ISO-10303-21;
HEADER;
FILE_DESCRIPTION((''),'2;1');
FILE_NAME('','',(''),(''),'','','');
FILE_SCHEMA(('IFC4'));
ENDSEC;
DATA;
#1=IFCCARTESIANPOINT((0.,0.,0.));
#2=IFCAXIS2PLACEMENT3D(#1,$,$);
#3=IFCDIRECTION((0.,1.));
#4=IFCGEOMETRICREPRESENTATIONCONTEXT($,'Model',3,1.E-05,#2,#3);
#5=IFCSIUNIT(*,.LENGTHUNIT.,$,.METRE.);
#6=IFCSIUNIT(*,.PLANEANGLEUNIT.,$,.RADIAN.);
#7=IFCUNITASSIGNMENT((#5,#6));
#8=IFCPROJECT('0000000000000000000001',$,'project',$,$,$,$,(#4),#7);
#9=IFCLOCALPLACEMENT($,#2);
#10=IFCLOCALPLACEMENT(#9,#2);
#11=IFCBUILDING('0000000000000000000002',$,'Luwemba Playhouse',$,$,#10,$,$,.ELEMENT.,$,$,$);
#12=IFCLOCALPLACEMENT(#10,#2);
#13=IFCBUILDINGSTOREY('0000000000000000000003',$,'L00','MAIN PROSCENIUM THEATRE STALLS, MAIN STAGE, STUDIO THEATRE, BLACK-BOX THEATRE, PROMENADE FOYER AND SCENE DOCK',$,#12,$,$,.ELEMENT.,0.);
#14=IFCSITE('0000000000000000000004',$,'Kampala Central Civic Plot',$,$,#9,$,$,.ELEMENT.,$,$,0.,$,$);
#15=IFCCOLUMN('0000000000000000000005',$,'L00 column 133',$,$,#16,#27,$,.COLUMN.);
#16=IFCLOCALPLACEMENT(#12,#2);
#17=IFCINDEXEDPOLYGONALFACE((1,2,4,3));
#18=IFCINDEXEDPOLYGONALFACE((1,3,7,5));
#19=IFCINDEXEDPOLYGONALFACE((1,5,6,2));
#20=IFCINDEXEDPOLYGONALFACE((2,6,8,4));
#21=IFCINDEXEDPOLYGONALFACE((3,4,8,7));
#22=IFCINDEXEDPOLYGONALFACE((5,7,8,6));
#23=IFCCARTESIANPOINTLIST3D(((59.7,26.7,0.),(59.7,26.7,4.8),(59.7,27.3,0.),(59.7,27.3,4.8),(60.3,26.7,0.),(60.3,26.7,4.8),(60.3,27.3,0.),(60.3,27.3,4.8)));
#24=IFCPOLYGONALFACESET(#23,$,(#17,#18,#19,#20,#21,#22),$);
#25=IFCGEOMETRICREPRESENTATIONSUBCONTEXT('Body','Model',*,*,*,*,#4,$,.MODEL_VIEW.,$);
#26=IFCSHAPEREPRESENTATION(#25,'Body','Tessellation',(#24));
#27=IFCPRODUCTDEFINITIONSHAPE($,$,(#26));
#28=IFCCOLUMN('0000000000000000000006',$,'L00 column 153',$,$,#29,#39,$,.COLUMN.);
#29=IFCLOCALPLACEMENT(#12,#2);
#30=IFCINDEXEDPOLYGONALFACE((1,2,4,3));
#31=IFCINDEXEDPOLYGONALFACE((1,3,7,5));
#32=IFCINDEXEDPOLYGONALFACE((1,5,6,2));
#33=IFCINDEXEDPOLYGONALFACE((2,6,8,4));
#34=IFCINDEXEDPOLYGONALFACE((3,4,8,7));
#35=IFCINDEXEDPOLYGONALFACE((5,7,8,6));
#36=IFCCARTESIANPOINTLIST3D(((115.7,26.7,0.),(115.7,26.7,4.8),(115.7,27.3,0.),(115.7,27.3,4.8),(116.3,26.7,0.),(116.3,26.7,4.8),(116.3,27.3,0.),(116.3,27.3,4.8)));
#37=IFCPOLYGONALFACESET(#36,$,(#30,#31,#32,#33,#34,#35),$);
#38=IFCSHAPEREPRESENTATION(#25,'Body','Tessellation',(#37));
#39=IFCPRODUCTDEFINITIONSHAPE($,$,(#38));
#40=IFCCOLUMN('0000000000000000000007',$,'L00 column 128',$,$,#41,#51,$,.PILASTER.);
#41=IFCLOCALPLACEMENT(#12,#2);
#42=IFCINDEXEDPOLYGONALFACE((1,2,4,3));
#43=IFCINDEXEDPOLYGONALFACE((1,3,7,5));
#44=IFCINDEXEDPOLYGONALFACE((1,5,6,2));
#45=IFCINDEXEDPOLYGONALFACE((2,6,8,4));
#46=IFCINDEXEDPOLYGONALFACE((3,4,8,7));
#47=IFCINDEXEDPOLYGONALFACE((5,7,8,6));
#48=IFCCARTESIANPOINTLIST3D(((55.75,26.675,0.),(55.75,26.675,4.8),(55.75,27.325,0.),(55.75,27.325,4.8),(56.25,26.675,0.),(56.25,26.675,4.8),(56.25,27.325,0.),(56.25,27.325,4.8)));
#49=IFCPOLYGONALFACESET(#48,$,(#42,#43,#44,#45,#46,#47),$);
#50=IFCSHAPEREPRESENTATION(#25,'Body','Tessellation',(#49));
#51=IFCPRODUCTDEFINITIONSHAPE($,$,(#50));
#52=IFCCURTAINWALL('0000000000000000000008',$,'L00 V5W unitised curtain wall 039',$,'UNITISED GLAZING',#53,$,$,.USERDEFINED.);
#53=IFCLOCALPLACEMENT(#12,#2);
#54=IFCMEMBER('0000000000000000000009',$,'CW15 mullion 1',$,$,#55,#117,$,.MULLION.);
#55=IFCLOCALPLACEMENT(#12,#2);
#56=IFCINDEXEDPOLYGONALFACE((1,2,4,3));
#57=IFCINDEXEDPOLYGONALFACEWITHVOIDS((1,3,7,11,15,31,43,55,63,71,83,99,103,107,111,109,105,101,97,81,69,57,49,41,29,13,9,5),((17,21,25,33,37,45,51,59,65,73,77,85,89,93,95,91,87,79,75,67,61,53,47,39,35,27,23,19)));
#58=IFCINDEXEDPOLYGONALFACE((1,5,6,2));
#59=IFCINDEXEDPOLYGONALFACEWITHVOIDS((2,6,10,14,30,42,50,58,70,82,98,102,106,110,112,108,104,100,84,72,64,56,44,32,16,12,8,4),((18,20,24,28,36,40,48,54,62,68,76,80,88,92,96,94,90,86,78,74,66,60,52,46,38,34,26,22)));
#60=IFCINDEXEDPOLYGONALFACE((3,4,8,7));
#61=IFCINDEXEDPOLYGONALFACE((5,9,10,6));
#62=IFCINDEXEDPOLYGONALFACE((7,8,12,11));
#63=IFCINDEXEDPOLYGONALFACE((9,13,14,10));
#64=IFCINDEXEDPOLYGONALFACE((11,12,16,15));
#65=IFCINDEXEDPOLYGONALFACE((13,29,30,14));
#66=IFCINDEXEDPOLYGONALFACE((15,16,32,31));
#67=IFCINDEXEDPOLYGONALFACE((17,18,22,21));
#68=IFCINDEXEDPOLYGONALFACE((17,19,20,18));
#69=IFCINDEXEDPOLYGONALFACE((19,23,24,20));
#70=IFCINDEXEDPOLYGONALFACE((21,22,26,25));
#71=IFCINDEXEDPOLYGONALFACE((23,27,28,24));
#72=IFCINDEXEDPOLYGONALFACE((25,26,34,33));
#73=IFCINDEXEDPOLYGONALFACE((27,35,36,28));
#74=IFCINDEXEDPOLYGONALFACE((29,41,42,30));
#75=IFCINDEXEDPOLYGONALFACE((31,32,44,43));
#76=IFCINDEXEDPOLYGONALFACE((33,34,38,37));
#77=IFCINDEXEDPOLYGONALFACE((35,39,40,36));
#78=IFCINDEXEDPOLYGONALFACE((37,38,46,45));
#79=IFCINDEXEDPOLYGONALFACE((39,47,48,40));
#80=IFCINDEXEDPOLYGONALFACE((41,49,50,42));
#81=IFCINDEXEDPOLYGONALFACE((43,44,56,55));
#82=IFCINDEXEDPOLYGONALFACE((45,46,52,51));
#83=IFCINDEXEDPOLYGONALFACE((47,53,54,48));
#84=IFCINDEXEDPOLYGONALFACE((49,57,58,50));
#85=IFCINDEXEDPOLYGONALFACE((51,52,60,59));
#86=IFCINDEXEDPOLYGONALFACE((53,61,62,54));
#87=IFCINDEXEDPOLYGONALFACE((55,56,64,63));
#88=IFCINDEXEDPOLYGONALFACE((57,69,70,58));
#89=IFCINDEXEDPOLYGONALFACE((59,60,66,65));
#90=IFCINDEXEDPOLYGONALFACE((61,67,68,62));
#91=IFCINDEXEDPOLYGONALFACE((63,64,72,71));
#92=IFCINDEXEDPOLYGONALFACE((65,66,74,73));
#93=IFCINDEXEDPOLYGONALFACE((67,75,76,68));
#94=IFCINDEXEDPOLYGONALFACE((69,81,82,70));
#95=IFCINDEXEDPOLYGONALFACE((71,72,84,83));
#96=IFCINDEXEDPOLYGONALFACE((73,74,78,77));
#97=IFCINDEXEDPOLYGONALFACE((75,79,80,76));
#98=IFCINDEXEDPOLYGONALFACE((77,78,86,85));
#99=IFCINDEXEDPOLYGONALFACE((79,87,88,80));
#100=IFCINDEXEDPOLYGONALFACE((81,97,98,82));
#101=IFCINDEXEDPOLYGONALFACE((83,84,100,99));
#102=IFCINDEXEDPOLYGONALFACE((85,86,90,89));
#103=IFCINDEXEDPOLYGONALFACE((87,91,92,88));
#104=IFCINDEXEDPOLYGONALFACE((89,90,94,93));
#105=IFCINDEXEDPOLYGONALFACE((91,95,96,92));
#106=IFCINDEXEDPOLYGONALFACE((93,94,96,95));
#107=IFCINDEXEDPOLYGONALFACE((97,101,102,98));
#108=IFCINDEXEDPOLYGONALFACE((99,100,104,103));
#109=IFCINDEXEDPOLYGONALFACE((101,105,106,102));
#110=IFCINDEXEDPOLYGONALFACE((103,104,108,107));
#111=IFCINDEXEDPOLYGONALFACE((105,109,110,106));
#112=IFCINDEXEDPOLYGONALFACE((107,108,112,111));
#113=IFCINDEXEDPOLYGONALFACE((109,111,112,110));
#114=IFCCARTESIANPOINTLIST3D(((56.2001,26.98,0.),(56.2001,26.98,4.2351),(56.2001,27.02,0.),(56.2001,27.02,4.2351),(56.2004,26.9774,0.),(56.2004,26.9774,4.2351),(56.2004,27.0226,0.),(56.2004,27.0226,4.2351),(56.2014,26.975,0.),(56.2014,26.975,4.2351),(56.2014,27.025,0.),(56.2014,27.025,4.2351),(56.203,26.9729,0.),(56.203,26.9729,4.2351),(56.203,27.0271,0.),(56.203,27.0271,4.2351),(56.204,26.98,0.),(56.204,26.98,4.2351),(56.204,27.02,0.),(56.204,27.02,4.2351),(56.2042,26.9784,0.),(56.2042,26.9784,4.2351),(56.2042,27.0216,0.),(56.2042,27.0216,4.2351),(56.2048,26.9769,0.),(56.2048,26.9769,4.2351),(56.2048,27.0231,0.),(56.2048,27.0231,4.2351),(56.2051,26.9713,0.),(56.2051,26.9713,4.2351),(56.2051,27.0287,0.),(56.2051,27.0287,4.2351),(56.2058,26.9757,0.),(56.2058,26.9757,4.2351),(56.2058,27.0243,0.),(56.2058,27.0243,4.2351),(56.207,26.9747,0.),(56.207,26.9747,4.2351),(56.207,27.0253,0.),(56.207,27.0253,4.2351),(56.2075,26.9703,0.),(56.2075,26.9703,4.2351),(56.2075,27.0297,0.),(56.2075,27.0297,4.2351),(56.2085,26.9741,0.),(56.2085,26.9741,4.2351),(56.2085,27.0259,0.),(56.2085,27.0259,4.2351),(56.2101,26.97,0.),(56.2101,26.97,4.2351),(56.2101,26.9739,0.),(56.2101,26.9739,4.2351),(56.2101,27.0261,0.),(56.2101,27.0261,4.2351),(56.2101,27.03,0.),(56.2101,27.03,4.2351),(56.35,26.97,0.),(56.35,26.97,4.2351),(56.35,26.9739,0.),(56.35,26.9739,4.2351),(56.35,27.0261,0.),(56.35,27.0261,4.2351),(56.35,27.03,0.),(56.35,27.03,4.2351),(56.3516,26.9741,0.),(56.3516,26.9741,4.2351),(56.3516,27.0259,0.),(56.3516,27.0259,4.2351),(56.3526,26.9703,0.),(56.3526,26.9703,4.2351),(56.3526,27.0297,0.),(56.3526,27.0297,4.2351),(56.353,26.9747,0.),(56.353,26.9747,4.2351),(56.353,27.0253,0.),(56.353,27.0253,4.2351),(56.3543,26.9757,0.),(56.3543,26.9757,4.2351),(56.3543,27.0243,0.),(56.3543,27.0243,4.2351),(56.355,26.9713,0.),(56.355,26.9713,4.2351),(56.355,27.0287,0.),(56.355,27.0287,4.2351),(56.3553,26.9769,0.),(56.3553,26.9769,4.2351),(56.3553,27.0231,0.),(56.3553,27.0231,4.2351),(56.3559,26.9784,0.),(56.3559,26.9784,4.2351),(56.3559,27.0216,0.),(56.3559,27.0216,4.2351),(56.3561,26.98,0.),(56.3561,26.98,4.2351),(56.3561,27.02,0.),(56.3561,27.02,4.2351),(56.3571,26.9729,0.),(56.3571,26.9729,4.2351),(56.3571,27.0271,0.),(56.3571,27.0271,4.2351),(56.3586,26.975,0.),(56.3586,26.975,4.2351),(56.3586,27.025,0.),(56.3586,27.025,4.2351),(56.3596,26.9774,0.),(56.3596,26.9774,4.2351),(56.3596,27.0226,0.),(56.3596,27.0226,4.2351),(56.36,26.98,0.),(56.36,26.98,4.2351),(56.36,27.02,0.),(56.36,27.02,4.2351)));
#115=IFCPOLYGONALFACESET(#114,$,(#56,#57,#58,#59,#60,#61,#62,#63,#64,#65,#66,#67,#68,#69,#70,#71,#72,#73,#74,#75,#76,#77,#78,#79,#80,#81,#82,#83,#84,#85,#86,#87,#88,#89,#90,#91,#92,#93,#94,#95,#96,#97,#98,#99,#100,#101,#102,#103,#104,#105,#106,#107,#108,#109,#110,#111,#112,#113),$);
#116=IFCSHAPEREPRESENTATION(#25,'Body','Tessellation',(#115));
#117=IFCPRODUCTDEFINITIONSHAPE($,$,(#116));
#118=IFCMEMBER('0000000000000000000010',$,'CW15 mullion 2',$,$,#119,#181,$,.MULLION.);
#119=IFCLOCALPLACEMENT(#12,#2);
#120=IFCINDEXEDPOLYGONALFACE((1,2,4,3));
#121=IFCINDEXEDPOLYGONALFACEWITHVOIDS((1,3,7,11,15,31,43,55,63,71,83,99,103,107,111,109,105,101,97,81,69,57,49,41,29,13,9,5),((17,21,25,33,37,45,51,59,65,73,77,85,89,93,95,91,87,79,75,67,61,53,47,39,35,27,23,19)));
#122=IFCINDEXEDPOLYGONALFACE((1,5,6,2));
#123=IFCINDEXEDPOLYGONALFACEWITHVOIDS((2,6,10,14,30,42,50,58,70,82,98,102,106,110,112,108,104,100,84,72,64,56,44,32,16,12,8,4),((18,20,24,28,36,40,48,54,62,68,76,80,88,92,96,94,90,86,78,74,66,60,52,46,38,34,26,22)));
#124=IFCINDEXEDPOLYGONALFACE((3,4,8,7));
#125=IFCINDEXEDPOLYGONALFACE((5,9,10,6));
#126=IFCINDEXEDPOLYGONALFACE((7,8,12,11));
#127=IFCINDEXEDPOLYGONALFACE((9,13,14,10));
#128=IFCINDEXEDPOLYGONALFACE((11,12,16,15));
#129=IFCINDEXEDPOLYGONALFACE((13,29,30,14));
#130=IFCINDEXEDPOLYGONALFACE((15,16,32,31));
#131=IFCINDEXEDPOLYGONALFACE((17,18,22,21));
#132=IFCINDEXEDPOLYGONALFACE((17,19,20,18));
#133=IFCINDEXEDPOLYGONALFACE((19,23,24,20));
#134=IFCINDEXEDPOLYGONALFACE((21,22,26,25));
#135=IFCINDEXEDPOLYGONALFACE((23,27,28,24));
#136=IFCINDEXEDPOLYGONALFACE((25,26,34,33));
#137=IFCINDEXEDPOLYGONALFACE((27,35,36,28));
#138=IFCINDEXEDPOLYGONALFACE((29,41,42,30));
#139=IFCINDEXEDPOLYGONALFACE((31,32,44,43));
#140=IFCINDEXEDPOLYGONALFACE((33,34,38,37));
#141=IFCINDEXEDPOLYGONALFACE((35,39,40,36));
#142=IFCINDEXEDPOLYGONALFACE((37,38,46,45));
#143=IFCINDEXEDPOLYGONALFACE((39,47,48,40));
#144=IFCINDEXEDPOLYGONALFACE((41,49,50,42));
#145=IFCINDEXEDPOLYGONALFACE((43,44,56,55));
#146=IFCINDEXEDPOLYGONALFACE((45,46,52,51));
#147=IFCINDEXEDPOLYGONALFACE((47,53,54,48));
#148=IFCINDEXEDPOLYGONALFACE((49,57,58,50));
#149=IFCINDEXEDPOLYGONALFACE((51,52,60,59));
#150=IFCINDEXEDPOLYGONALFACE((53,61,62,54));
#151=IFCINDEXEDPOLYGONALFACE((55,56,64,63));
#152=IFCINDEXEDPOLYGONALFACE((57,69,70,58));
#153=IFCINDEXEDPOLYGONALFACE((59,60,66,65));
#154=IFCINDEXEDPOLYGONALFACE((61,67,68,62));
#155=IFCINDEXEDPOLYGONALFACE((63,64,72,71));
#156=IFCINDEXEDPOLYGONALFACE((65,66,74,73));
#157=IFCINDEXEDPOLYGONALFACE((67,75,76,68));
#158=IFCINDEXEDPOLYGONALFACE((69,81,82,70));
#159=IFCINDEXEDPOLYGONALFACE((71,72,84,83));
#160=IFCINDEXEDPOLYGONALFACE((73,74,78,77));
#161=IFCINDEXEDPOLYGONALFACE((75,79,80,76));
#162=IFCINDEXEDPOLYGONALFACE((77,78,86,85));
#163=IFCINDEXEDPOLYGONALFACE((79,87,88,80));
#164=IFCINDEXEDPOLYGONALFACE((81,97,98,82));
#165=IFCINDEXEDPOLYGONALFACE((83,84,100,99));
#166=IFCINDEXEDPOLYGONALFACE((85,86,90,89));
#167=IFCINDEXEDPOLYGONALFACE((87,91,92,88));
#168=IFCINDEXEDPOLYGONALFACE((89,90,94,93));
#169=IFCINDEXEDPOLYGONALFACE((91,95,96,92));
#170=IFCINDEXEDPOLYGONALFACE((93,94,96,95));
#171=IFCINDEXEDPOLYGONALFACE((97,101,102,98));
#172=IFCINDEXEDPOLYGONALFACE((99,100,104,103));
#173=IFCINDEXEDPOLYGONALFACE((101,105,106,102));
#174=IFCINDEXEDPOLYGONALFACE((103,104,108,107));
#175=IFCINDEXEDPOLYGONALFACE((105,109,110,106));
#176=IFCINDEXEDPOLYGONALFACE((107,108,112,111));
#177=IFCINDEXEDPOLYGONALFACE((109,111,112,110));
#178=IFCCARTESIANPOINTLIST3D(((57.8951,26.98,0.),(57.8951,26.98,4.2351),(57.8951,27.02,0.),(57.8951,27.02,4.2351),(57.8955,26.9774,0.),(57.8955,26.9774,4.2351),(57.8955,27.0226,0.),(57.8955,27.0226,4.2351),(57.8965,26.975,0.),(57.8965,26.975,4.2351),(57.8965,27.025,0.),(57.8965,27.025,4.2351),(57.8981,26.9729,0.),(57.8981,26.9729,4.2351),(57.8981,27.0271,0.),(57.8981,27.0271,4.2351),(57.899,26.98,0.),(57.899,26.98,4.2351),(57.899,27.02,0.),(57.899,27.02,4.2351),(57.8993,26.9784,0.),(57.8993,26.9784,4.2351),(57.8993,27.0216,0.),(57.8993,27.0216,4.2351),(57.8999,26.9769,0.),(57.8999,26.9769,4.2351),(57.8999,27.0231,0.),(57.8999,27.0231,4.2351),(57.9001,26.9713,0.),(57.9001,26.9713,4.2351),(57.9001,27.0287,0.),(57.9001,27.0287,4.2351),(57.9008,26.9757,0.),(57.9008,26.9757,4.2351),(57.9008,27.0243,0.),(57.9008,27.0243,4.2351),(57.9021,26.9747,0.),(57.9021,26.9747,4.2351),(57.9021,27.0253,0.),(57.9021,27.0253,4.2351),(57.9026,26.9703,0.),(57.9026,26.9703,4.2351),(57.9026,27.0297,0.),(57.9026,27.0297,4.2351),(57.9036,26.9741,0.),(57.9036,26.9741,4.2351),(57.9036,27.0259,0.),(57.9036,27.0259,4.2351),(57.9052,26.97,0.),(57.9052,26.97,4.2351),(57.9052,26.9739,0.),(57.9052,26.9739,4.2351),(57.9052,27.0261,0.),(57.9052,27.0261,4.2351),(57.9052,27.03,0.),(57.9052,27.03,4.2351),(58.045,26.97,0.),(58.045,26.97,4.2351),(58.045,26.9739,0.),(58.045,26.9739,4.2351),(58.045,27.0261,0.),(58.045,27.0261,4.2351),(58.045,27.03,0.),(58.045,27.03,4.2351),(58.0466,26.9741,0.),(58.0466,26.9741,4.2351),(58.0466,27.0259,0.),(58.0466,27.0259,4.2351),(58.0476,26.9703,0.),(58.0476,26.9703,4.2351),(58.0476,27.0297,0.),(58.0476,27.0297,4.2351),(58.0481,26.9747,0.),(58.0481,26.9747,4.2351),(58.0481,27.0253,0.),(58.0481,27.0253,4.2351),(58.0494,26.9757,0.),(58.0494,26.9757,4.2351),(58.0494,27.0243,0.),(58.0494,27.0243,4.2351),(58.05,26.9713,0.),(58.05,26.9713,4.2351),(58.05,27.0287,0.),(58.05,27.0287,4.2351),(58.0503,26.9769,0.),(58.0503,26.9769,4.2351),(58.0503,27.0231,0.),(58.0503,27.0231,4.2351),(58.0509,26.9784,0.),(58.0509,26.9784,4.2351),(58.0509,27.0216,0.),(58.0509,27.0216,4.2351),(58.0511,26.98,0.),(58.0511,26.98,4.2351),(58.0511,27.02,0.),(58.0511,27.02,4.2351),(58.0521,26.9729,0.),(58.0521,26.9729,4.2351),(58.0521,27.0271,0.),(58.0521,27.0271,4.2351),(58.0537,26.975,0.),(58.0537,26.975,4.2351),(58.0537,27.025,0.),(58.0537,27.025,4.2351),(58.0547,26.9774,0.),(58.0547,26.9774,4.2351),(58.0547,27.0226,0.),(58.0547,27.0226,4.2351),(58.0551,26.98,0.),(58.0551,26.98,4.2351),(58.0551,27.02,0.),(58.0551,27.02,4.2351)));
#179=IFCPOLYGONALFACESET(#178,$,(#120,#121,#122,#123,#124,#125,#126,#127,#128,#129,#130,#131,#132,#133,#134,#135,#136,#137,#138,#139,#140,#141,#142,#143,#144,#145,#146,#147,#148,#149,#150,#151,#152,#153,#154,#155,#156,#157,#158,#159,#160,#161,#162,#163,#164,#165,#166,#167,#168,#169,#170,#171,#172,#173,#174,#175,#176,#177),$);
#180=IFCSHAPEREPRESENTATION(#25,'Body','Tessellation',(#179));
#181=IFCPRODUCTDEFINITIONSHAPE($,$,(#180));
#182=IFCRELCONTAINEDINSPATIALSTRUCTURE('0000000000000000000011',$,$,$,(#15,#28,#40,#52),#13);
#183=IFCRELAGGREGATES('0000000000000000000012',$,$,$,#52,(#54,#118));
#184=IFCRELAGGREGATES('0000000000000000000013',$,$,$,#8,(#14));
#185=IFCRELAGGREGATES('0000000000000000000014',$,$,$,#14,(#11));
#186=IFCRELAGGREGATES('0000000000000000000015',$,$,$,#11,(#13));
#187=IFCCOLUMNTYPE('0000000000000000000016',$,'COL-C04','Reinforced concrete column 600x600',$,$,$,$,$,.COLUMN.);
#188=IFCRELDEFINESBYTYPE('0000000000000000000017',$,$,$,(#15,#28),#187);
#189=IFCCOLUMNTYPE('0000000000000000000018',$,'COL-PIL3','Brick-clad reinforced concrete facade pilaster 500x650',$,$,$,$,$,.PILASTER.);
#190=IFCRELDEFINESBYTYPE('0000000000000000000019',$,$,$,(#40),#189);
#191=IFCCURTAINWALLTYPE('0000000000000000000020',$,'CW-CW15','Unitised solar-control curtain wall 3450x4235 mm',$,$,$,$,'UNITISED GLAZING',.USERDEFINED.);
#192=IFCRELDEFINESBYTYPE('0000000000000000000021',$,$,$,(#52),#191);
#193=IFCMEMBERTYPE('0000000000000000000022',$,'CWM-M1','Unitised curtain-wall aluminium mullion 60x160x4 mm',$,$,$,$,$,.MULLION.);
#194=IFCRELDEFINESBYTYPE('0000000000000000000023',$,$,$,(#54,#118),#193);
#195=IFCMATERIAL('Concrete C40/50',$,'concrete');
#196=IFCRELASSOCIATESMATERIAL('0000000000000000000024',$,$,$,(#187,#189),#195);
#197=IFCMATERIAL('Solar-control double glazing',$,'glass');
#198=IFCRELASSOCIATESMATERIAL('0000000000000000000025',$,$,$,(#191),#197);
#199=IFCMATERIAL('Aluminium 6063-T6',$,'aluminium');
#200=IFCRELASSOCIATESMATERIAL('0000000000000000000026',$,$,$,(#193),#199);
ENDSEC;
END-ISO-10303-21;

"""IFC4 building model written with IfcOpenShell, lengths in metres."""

from ifc_helpers import new_model, si_unit, direction, frame, origin, origin_2d, place, context, subcontext, project, spatial, rectangle, hollow_rectangle, extrude, material, material_profile, profile_set, type_object, element, aggregate, save


model = new_model("IFC4")

# Units and contexts
model_context = context("Model", 3, precision=1e-05, world=origin(), true_north=direction((0.0, 1.0)))
body_context = subcontext(model_context, "Body", "Model", "MODEL_VIEW")
ifc_project = project(units=[si_unit("LENGTHUNIT", "METRE"), si_unit("PLANEANGLEUNIT", "RADIAN")], contexts=[model_context])

# Site, building, storey
site_placement = place(None, origin())
site = spatial("IfcSite", under=ifc_project, at=site_placement, Name="Kampala Central Civic Plot", CompositionType="ELEMENT", RefElevation=0.0)
building_placement = place(site_placement, origin())
building = spatial("IfcBuilding", under=site, at=building_placement, Name="Luwemba Playhouse", CompositionType="ELEMENT")
storey_placement = place(building_placement, origin())
storey = spatial("IfcBuildingStorey", under=building, at=storey_placement, Name="L00", Description="MAIN PROSCENIUM THEATRE STALLS, MAIN STAGE, STUDIO THEATRE, BLACK-BOX THEATRE, PROMENADE FOYER AND SCENE DOCK", CompositionType="ELEMENT", Elevation=0.0)

# Columns
ifc_material_1 = material(Name="Concrete C40/50", Category="concrete")
ifc_material_profile_1 = material_profile(ifc_material_1, rectangle(XDim=0.6001, YDim=0.6001, at=origin_2d()))
ifc_profile_set_1 = profile_set([ifc_material_profile_1], Name="Concrete C40/50")
column_type_1 = type_object("IfcColumnType", Name="COL-C04", Description="Reinforced concrete column 600x600", PredefinedType="COLUMN", material=ifc_profile_set_1)
for number, where, z_axis, x_axis, name in (
    (1, (60.0, 27.0, 0.0), (0.0, 0.0, 1.0), (1.0, 0.0, 0.0), "L00 column 133"),
    (2, (116.0, 27.0, 0.0), (0.0, 0.0, 1.0), (1.0, 0.0, 0.0), "L00 column 153"),
):
    element("IfcColumn", number, at=place(storey_placement, frame(where, z_axis=z_axis, x_axis=x_axis)), inside=storey, type_object=column_type_1, Name=name, PredefinedType="COLUMN", context=body_context, shape_type="SweptSolid", body=[
        extrude(rectangle(XDim=0.6001, YDim=0.6001, at=origin_2d()), origin(), (0.0, 0.0, 1.0), 4.8),
    ])
ifc_material_profile_2 = material_profile(ifc_material_1, rectangle(XDim=0.5, YDim=0.6499, at=origin_2d()))
ifc_profile_set_2 = profile_set([ifc_material_profile_2], Name="Concrete C40/50")
column_type_2 = type_object("IfcColumnType", Name="COL-PIL3", Description="Brick-clad reinforced concrete facade pilaster 500x650", PredefinedType="PILASTER", material=ifc_profile_set_2)
column_placement = place(storey_placement, frame((56.0, 27.0, 0.0), z_axis=(0.0, 0.0, 1.0), x_axis=(1.0, 0.0, 0.0)))
element("IfcColumn", 3, at=column_placement, inside=storey, type_object=column_type_2, Name="L00 column 128", PredefinedType="PILASTER", context=body_context, shape_type="SweptSolid", body=[
    extrude(rectangle(XDim=0.5, YDim=0.6499, at=origin_2d()), origin(), (0.0, 0.0, 1.0), 4.8),
])

# Curtain wall, members
ifc_material_2 = material(Name="Solar-control double glazing", Category="glass")
curtain_wall_type_1 = type_object("IfcCurtainWallType", Name="CW-CW15", Description="Unitised solar-control curtain wall 3450x4235 mm", ElementType="UNITISED GLAZING", PredefinedType="USERDEFINED", material=ifc_material_2)
curtain_wall_1_placement = place(storey_placement, origin())
curtain_wall_1 = element("IfcCurtainWall", 4, at=curtain_wall_1_placement, inside=storey, type_object=curtain_wall_type_1, Name="L00 V5W unitised curtain wall 039", ObjectType="UNITISED GLAZING", PredefinedType="USERDEFINED")
ifc_material_3 = material(Name="Aluminium 6063-T6", Category="aluminium")
ifc_material_profile_3 = material_profile(ifc_material_3, hollow_rectangle(XDim=0.0601, YDim=0.1599, WallThickness=0.0039, InnerFilletRadius=0.0061, OuterFilletRadius=0.01, at=origin_2d()))
ifc_profile_set_3 = profile_set([ifc_material_profile_3], Name="Aluminium 6063-T6")
member_type_1 = type_object("IfcMemberType", Name="CWM-M1", Description="Unitised curtain-wall aluminium mullion 60x160x4 mm", PredefinedType="MULLION", material=ifc_profile_set_3)
member_1_placement = place(storey_placement, frame((56.28, 27.0, 0.0), z_axis=(0.0, 0.0, 1.0), x_axis=(0.0, 1.0, 0.0)))
member_1 = element("IfcMember", 5, at=member_1_placement, type_object=member_type_1, Name="CW15 mullion 1", PredefinedType="MULLION", context=body_context, shape_type="SweptSolid", body=[
    extrude(hollow_rectangle(XDim=0.0601, YDim=0.1599, WallThickness=0.0039, InnerFilletRadius=0.0061, OuterFilletRadius=0.01, at=origin_2d()), origin(), (0.0, 0.0, 1.0), 4.2351),
])
member_2_placement = place(storey_placement, frame((57.9751, 27.0, 0.0), z_axis=(0.0, 0.0, 1.0), x_axis=(0.0, 1.0, 0.0)))
member_2 = element("IfcMember", 6, at=member_2_placement, type_object=member_type_1, Name="CW15 mullion 2", PredefinedType="MULLION", context=body_context, shape_type="SweptSolid", body=[
    extrude(hollow_rectangle(XDim=0.0601, YDim=0.1599, WallThickness=0.0039, InnerFilletRadius=0.0061, OuterFilletRadius=0.01, at=origin_2d()), origin(), (0.0, 0.0, 1.0), 4.2351),
])

aggregate(curtain_wall_1, [member_1, member_2])

save(model, "model.ifc")
